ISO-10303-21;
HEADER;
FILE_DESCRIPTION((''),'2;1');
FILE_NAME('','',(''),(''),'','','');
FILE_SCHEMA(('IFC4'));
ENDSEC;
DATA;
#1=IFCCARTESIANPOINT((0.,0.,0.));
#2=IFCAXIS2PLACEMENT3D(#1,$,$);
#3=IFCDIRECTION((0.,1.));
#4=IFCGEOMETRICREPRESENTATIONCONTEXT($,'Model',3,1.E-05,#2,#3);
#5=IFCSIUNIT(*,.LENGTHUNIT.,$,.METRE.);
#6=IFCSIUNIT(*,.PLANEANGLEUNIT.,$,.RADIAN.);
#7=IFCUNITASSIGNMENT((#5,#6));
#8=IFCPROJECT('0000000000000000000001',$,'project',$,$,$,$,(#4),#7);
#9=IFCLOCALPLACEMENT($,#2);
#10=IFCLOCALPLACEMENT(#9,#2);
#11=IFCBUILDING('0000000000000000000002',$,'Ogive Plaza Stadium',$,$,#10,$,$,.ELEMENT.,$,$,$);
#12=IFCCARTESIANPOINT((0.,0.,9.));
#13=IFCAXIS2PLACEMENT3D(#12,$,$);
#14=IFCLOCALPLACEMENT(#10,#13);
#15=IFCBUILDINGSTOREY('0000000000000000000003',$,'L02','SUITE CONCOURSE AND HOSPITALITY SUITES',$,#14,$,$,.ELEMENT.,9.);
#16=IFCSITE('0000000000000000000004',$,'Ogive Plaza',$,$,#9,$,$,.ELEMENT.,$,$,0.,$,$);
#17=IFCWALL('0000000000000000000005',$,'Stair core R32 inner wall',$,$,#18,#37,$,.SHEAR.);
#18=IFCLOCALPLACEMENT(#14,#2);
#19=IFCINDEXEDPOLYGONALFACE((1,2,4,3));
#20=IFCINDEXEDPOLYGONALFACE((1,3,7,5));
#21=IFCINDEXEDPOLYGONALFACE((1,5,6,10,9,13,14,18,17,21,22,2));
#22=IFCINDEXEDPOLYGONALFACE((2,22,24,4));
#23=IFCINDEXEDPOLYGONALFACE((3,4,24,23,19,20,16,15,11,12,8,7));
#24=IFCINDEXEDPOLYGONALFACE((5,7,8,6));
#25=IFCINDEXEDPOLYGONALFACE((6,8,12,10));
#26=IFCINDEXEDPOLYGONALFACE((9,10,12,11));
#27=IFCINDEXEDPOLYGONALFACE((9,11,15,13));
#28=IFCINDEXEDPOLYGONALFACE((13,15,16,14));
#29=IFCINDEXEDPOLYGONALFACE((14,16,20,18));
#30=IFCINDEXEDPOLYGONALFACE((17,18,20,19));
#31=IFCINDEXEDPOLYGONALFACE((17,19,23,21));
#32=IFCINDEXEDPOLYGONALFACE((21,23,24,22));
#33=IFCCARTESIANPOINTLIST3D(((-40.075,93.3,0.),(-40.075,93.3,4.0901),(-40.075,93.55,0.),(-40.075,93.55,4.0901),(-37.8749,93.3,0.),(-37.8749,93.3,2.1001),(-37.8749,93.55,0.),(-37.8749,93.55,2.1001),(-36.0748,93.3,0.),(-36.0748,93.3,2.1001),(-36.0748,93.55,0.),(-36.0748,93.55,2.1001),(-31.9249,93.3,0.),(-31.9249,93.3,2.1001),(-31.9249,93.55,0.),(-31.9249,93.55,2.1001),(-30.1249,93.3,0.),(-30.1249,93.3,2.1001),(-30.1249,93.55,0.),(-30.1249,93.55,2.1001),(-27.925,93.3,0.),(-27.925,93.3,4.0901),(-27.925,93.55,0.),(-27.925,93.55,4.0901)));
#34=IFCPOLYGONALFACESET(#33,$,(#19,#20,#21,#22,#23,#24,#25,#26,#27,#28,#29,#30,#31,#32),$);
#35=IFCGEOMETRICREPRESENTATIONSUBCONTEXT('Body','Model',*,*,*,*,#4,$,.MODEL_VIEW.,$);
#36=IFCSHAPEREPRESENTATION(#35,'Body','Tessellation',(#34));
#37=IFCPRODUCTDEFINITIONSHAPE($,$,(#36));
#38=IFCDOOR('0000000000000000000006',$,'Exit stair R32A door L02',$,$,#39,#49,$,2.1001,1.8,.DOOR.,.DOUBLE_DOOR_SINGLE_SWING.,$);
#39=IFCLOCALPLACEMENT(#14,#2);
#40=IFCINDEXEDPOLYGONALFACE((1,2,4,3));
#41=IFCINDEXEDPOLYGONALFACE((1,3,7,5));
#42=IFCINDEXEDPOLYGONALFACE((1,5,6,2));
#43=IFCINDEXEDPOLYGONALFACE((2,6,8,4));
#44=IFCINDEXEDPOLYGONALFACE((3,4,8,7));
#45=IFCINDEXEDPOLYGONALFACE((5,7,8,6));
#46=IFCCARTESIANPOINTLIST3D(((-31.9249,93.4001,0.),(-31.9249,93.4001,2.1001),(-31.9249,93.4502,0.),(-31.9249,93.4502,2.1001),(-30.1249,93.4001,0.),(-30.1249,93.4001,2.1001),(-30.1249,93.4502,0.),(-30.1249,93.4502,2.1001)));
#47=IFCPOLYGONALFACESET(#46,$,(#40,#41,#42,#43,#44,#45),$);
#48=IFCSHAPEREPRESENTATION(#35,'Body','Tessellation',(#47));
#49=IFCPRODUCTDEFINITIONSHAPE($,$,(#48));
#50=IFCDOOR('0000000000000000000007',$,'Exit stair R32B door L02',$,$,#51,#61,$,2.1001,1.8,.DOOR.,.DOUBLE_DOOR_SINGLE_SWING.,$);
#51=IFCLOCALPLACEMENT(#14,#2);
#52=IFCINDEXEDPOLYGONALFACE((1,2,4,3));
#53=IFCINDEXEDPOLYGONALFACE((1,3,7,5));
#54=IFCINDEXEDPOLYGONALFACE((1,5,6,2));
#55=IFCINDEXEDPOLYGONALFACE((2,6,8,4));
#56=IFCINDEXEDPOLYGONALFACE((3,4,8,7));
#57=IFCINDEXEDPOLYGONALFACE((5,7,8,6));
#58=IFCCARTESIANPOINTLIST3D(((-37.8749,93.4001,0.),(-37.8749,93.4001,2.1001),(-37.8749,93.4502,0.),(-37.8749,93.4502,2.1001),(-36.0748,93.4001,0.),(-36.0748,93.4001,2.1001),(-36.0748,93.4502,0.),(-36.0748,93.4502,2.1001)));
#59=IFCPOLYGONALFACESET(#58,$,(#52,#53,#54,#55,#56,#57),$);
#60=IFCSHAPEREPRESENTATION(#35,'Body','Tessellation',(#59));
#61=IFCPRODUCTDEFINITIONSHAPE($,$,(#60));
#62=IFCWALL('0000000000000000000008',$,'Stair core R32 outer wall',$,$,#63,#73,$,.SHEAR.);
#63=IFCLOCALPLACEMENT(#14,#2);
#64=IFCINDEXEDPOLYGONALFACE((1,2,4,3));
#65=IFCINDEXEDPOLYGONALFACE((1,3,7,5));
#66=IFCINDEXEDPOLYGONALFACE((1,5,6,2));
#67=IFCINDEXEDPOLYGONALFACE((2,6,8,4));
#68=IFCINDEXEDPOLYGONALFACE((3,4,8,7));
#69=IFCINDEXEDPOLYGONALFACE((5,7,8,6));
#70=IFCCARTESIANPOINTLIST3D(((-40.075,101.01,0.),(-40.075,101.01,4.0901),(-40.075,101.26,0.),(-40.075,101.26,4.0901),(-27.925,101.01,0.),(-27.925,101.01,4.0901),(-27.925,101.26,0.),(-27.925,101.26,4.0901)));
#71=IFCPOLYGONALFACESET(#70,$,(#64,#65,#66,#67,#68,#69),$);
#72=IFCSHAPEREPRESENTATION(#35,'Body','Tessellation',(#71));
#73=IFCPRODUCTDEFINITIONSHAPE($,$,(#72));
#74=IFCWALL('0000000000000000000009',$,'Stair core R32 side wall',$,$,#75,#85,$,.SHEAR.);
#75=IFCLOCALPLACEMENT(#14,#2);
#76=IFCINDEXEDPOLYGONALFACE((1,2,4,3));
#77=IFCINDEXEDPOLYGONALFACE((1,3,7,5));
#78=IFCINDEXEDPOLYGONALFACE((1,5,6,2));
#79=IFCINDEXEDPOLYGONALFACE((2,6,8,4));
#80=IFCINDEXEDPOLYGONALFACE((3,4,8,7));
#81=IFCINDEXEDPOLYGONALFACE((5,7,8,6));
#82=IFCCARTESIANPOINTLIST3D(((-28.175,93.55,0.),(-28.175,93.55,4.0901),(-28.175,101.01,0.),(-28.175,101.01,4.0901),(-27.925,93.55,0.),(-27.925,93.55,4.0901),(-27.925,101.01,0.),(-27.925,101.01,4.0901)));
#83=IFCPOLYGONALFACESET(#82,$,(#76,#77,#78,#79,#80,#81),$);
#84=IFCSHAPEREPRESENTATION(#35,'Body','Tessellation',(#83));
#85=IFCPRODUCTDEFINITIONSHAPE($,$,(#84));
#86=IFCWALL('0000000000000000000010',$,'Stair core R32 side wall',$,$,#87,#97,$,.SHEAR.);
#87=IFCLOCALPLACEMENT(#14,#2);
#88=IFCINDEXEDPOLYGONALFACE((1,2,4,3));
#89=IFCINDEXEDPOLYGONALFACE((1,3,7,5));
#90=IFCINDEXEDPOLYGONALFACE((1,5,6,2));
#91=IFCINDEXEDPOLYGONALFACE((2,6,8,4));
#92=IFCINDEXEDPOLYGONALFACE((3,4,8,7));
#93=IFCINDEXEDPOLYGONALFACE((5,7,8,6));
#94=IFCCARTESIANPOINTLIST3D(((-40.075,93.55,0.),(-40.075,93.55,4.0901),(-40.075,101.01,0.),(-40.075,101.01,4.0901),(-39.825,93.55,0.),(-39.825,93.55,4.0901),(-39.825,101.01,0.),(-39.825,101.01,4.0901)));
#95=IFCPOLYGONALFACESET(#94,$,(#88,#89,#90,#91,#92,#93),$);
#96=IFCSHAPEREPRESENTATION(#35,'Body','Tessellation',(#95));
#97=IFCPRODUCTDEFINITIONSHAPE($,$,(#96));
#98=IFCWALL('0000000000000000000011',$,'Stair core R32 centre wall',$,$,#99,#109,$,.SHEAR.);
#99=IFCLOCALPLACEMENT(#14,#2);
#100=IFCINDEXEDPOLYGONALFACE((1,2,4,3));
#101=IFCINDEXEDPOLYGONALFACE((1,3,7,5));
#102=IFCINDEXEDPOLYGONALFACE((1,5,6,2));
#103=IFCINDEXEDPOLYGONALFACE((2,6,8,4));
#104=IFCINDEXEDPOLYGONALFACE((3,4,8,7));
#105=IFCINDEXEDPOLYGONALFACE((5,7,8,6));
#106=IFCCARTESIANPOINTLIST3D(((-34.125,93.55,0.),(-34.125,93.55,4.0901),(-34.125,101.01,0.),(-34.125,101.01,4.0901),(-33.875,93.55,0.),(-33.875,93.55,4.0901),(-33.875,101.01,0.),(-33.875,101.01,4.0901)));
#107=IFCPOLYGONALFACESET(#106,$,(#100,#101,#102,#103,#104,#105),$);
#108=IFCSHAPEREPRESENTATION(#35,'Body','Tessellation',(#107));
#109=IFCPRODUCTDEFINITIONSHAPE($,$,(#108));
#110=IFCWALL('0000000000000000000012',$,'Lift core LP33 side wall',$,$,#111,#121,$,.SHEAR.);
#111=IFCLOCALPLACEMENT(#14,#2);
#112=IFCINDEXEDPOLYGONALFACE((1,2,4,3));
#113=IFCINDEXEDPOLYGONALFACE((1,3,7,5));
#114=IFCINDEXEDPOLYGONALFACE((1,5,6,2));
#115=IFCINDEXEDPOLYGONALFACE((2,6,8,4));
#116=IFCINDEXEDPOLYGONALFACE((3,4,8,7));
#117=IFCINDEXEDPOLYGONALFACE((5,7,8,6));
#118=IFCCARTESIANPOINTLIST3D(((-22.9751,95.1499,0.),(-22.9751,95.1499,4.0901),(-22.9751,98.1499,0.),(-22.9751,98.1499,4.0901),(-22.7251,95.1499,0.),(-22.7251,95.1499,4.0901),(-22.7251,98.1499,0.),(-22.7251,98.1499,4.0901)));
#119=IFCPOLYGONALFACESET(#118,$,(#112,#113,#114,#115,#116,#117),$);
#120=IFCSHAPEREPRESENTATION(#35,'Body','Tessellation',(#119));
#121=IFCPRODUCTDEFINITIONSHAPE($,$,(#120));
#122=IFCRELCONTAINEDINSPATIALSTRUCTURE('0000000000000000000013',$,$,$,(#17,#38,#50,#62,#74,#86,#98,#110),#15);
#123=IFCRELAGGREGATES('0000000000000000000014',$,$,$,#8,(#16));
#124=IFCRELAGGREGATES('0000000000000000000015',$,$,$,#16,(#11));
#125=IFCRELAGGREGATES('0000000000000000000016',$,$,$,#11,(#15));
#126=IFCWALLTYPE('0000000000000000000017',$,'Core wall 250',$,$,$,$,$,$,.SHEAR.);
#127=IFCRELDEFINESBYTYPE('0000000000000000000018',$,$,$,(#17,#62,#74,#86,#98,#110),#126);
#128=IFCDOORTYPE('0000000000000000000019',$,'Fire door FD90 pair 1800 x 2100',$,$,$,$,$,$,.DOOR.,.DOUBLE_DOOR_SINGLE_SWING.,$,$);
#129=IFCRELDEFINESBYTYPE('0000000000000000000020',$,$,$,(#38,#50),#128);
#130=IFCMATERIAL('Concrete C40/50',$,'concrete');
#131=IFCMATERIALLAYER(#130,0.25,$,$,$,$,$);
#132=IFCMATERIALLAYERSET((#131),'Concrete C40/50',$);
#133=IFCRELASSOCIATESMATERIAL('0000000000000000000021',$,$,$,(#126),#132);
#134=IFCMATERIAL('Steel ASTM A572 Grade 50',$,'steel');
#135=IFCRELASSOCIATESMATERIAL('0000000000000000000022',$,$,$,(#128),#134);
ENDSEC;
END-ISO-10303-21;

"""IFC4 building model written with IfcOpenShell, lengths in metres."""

from ifc_helpers import new_model, si_unit, direction, frame, frame_2d, origin, place, context, subcontext, project, spatial, rectangle, extrude, material, layer, layer_set, type_object, element, fill, save


model = new_model("IFC4")

# Units and contexts
model_context = context("Model", 3, precision=1e-05, world=origin(), true_north=direction((0.0, 1.0)))
body_context = subcontext(model_context, "Body", "Model", "MODEL_VIEW")
ifc_project = project(units=[si_unit("LENGTHUNIT", "METRE"), si_unit("PLANEANGLEUNIT", "RADIAN")], contexts=[model_context])

# Site, building, storey
site_placement = place(None, origin())
site = spatial("IfcSite", under=ifc_project, at=site_placement, Name="Ogive Plaza", CompositionType="ELEMENT", RefElevation=0.0)
building_placement = place(site_placement, origin())
building = spatial("IfcBuilding", under=site, at=building_placement, Name="Ogive Plaza Stadium", CompositionType="ELEMENT")
storey_placement = place(building_placement, frame((0.0, 0.0, 9.0)))
storey = spatial("IfcBuildingStorey", under=building, at=storey_placement, Name="L02", Description="SUITE CONCOURSE AND HOSPITALITY SUITES", CompositionType="ELEMENT", Elevation=9.0)

# Wall, openings, doors
ifc_material_1 = material(Name="Concrete C40/50", Category="concrete")
ifc_layer_1 = layer(ifc_material_1, 0.25)
ifc_layer_set_1 = layer_set([ifc_layer_1], Name="Concrete C40/50")
wall_type = type_object("IfcWallType", Name="Core wall 250", PredefinedType="SHEAR", material=ifc_layer_set_1)
wall_1_placement = place(storey_placement, frame((-27.925, 93.425, 0.0), z_axis=(0.0, 0.0, 1.0), x_axis=(-1.0, 0.0, 0.0)))
wall_1 = element("IfcWall", 1, at=wall_1_placement, inside=storey, type_object=wall_type, Name="Stair core R32 inner wall", PredefinedType="SHEAR", context=body_context, shape_type="SweptSolid", body=[
    extrude(rectangle(XDim=12.1499, YDim=0.25, at=frame_2d((6.075, 0.0))), origin(), (0.0, 0.0, 1.0), 4.0901),
])
opening_1_placement = place(wall_1_placement, frame((2.2, 0.0, 0.0)))
opening_1 = element("IfcOpeningElement", 2, at=opening_1_placement, cuts=wall_1, PredefinedType="OPENING", context=body_context, shape_type="SweptSolid", body=[
    extrude(rectangle(XDim=1.8, YDim=2.1001, at=frame_2d((0.8999, 1.05))), frame((0.0, 0.125, 0.0), z_axis=(0.0, -1.0, 0.0), x_axis=(1.0, 0.0, 0.0)), (0.0, 0.0, 1.0), 0.25),
])
opening_2_placement = place(wall_1_placement, frame((8.1499, 0.0, 0.0)))
opening_2 = element("IfcOpeningElement", 3, at=opening_2_placement, cuts=wall_1, PredefinedType="OPENING", context=body_context, shape_type="SweptSolid", body=[
    extrude(rectangle(XDim=1.8, YDim=2.1001, at=frame_2d((0.8999, 1.05))), frame((0.0, 0.125, 0.0), z_axis=(0.0, -1.0, 0.0), x_axis=(1.0, 0.0, 0.0)), (0.0, 0.0, 1.0), 0.25),
])
ifc_material_2 = material(Name="Steel ASTM A572 Grade 50", Category="steel")
door_type = type_object("IfcDoorType", Name="Fire door FD90 pair 1800 x 2100", OperationType="DOUBLE_DOOR_SINGLE_SWING", PredefinedType="DOOR", material=ifc_material_2)
door_1_placement = place(opening_1_placement, origin())
door_1 = element("IfcDoor", 4, at=door_1_placement, inside=storey, type_object=door_type, Name="Exit stair R32A door L02", OperationType="DOUBLE_DOOR_SINGLE_SWING", OverallHeight=2.1001, OverallWidth=1.8, PredefinedType="DOOR", context=body_context, shape_type="SweptSolid", body=[
    extrude(rectangle(XDim=1.8, YDim=2.1001, at=frame_2d((0.8999, 1.05))), frame((0.0, 0.0249, 0.0), z_axis=(0.0, -1.0, 0.0), x_axis=(1.0, 0.0, 0.0)), (0.0, 0.0, 1.0), 0.05),
])
fill(opening_1, door_1)
door_2_placement = place(opening_2_placement, origin())
door_2 = element("IfcDoor", 5, at=door_2_placement, inside=storey, type_object=door_type, Name="Exit stair R32B door L02", OperationType="DOUBLE_DOOR_SINGLE_SWING", OverallHeight=2.1001, OverallWidth=1.8, PredefinedType="DOOR", context=body_context, shape_type="SweptSolid", body=[
    extrude(rectangle(XDim=1.8, YDim=2.1001, at=frame_2d((0.8999, 1.05))), frame((0.0, 0.0249, 0.0), z_axis=(0.0, -1.0, 0.0), x_axis=(1.0, 0.0, 0.0)), (0.0, 0.0, 1.0), 0.05),
])
fill(opening_2, door_2)

# Walls
wall_2_placement = place(storey_placement, frame((-27.925, 101.135, 0.0), z_axis=(0.0, 0.0, 1.0), x_axis=(-1.0, 0.0, 0.0)))
element("IfcWall", 6, at=wall_2_placement, inside=storey, type_object=wall_type, Name="Stair core R32 outer wall", PredefinedType="SHEAR", context=body_context, shape_type="SweptSolid", body=[
    extrude(rectangle(XDim=12.1499, YDim=0.25, at=frame_2d((6.075, 0.0))), origin(), (0.0, 0.0, 1.0), 4.0901),
])
for number, where, z_axis, x_axis, name in (
    (7, (-28.05, 93.55, 0.0), (0.0, 0.0, 1.0), (0.0, 1.0, 0.0), "Stair core R32 side wall"),
    (8, (-39.95, 93.55, 0.0), (0.0, 0.0, 1.0), (0.0, 1.0, 0.0), "Stair core R32 side wall"),
    (9, (-34.0, 93.55, 0.0), (0.0, 0.0, 1.0), (0.0, 1.0, 0.0), "Stair core R32 centre wall"),
):
    element("IfcWall", number, at=place(storey_placement, frame(where, z_axis=z_axis, x_axis=x_axis)), inside=storey, type_object=wall_type, Name=name, PredefinedType="SHEAR", context=body_context, shape_type="SweptSolid", body=[
        extrude(rectangle(XDim=7.46, YDim=0.25, at=frame_2d((3.73, 0.0))), origin(), (0.0, 0.0, 1.0), 4.0901),
    ])
wall_3_placement = place(storey_placement, frame((-22.8501, 95.1499, 0.0), z_axis=(0.0, 0.0, 1.0), x_axis=(0.0, 1.0, 0.0)))
element("IfcWall", 10, at=wall_3_placement, inside=storey, type_object=wall_type, Name="Lift core LP33 side wall", PredefinedType="SHEAR", context=body_context, shape_type="SweptSolid", body=[
    extrude(rectangle(XDim=3.0, YDim=0.25, at=frame_2d((1.5, 0.0))), origin(), (0.0, 0.0, 1.0), 4.0901),
])

save(model, "model.ifc")
